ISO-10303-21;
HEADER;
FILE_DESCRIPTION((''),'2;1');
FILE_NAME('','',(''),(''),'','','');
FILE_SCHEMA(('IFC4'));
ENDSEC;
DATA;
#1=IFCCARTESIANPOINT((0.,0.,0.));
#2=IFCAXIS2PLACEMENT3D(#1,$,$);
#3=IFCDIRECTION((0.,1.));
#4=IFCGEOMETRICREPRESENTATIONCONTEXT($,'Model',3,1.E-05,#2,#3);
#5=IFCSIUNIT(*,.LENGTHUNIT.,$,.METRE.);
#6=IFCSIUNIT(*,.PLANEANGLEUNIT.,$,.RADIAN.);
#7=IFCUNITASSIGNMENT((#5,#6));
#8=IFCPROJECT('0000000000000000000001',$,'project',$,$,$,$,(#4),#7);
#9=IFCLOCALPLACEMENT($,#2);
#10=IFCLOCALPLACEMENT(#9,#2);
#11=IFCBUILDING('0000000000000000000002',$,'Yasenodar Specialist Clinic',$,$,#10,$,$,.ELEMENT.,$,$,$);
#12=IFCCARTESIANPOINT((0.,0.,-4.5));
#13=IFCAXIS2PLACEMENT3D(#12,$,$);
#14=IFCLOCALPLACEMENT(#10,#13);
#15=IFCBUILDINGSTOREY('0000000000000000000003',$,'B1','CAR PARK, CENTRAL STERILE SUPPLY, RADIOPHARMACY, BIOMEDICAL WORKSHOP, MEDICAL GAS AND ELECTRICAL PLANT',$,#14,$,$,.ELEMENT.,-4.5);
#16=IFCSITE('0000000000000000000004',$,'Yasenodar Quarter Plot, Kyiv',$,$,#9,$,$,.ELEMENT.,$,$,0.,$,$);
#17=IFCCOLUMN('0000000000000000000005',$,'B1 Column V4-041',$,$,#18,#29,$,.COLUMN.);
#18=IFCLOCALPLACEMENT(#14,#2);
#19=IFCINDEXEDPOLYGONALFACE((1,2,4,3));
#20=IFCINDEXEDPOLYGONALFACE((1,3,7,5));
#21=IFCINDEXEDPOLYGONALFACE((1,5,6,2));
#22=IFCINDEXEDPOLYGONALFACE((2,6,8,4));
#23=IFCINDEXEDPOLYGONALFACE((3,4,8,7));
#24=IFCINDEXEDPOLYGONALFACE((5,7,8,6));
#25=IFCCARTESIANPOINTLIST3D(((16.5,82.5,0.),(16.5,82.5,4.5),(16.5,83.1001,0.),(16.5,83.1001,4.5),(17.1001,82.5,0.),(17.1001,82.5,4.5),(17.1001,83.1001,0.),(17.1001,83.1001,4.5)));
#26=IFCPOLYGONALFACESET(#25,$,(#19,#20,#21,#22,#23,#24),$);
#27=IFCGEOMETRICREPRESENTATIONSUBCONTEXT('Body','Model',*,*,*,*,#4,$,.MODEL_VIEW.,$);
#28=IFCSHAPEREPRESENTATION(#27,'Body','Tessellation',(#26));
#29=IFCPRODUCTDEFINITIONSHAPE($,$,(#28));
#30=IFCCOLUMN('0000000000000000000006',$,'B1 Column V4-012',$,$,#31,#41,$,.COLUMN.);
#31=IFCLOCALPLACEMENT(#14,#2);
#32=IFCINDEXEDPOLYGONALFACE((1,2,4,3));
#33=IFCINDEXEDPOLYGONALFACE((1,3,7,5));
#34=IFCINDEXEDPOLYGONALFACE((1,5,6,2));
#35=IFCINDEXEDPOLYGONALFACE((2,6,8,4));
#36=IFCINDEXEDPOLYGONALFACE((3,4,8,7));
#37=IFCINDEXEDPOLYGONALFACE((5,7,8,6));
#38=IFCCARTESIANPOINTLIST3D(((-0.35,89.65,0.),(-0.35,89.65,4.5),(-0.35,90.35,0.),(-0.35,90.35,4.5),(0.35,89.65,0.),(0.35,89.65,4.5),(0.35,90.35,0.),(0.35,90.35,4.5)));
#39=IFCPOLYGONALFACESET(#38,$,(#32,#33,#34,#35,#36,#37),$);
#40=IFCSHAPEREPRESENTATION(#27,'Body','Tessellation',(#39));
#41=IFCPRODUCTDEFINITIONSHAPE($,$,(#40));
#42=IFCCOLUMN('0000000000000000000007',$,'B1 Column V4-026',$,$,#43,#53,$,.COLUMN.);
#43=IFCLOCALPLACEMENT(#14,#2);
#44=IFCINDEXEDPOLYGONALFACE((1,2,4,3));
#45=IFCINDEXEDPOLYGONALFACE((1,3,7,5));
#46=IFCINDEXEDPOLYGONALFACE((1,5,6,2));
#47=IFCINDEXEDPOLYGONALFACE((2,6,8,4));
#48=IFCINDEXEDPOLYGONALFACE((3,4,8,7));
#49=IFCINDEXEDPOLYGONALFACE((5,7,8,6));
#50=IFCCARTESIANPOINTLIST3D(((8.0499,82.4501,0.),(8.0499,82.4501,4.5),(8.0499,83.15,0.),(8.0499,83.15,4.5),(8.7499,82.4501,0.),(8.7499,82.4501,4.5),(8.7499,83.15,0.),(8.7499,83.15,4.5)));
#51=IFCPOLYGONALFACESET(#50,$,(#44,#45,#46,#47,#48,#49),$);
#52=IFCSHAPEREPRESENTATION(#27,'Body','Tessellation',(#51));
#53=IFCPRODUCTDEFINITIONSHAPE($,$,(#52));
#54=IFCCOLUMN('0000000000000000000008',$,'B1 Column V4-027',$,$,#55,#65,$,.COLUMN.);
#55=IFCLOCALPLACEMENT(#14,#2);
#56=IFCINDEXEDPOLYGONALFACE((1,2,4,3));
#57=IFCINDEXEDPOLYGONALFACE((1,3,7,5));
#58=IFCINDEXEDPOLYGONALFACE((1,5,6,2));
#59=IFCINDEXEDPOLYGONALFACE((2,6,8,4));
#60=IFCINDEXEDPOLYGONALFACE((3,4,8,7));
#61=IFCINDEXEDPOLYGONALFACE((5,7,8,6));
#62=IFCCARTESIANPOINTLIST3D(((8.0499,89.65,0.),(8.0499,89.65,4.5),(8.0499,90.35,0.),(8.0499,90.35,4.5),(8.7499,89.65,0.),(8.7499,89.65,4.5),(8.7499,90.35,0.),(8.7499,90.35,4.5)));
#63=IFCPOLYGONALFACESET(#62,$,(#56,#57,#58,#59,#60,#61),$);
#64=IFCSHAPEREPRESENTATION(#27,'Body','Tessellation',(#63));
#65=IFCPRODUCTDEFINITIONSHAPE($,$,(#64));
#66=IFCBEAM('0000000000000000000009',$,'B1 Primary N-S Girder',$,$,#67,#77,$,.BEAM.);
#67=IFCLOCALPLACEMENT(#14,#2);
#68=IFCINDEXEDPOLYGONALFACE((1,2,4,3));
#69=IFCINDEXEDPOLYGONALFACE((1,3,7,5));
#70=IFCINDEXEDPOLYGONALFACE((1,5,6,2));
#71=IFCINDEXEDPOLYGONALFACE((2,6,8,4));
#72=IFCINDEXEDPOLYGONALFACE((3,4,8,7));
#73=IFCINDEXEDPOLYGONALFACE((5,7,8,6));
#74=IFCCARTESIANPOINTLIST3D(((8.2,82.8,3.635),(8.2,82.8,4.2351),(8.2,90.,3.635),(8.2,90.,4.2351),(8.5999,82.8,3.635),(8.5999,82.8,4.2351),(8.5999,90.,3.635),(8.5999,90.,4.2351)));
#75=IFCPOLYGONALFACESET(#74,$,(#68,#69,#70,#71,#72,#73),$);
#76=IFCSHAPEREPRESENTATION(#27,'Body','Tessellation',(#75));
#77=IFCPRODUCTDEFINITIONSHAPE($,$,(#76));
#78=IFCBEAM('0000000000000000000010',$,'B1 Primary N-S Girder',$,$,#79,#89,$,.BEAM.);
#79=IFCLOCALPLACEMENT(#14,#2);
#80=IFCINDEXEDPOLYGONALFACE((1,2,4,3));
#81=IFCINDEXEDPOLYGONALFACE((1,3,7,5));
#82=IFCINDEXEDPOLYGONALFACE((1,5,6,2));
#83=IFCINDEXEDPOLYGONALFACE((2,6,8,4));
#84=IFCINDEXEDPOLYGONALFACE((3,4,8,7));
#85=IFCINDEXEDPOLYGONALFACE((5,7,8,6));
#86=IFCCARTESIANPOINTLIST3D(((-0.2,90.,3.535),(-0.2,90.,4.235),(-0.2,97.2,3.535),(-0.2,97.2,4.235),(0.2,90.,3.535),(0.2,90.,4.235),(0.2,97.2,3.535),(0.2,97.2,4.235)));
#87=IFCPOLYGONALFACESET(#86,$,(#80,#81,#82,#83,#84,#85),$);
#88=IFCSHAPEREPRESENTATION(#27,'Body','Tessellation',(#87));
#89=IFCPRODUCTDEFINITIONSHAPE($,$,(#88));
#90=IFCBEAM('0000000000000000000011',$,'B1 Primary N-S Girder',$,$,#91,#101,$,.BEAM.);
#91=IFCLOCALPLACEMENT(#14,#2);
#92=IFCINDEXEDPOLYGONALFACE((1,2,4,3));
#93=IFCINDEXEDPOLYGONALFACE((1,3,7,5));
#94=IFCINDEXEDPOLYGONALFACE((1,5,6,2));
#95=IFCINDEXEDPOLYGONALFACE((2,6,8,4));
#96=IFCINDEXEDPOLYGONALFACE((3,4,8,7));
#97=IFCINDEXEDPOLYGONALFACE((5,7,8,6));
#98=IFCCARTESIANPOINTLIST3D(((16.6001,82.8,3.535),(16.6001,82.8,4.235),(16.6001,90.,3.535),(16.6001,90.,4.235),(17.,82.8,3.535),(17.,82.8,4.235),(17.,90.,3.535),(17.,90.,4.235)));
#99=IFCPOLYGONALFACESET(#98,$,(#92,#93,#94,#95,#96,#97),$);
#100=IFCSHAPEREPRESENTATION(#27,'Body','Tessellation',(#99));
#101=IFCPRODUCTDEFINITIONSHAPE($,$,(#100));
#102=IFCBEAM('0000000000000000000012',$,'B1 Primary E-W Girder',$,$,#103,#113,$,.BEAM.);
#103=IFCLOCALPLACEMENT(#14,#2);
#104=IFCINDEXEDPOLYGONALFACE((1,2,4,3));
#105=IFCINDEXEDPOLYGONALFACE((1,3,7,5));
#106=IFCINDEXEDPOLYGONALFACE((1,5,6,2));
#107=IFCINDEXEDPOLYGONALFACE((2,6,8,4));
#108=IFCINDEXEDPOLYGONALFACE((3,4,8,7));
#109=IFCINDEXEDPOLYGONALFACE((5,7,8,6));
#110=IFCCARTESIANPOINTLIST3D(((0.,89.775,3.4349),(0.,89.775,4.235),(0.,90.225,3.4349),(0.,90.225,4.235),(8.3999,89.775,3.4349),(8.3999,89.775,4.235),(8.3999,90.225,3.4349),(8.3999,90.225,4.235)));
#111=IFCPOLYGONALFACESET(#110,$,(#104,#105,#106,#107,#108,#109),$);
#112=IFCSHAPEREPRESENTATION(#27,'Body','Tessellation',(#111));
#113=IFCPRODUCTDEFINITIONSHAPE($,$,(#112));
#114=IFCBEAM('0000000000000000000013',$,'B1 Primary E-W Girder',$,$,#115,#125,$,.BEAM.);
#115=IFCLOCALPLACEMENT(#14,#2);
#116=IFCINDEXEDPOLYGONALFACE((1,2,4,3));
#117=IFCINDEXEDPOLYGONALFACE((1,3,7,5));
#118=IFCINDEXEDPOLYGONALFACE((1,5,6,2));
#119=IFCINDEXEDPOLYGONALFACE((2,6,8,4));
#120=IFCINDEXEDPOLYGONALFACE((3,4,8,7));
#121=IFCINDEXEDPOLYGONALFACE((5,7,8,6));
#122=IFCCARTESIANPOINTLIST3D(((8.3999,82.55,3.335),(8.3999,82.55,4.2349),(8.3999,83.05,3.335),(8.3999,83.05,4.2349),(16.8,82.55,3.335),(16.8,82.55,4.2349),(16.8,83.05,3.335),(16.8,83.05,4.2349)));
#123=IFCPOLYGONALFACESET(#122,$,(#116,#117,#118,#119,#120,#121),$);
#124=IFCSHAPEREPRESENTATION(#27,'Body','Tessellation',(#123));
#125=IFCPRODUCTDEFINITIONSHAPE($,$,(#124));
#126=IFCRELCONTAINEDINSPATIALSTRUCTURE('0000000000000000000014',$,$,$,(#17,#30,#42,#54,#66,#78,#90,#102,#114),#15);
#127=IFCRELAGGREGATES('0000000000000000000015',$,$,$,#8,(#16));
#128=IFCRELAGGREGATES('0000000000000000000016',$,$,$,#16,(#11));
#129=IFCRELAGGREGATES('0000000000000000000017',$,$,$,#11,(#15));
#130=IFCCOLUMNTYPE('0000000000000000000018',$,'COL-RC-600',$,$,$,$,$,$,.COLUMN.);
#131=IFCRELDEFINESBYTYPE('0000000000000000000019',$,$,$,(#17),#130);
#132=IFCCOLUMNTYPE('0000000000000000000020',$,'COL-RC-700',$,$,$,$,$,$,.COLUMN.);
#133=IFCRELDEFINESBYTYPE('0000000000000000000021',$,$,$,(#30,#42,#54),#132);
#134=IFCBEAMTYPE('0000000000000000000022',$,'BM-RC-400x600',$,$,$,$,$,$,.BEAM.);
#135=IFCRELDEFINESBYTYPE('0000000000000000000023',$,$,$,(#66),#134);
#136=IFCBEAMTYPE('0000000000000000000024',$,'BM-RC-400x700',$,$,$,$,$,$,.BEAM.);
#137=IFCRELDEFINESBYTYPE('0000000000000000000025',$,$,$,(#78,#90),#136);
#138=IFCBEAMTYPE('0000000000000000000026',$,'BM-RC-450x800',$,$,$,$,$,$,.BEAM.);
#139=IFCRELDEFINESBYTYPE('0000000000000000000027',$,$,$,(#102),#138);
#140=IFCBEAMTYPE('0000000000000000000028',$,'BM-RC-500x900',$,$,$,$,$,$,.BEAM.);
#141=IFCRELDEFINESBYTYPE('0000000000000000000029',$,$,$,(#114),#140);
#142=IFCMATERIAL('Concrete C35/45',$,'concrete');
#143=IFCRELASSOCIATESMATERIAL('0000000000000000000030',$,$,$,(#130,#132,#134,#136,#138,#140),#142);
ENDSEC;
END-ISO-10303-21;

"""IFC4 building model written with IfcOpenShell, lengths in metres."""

from ifc_helpers import new_model, si_unit, direction, frame, origin, origin_2d, place, context, subcontext, project, spatial, rectangle, extrude, material, material_profile, profile_set, type_object, element, save


model = new_model("IFC4")

# Units and contexts
model_context = context("Model", 3, precision=1e-05, world=origin(), true_north=direction((0.0, 1.0)))
body_context = subcontext(model_context, "Body", "Model", "MODEL_VIEW")
ifc_project = project(units=[si_unit("LENGTHUNIT", "METRE"), si_unit("PLANEANGLEUNIT", "RADIAN")], contexts=[model_context])

# Site, building, storey
site_placement = place(None, origin())
site = spatial("IfcSite", under=ifc_project, at=site_placement, Name="Yasenodar Quarter Plot, Kyiv", CompositionType="ELEMENT", RefElevation=0.0)
building_placement = place(site_placement, origin())
building = spatial("IfcBuilding", under=site, at=building_placement, Name="Yasenodar Specialist Clinic", CompositionType="ELEMENT")
storey_placement = place(building_placement, frame((0.0, 0.0, -4.5)))
storey = spatial("IfcBuildingStorey", under=building, at=storey_placement, Name="B1", Description="CAR PARK, CENTRAL STERILE SUPPLY, RADIOPHARMACY, BIOMEDICAL WORKSHOP, MEDICAL GAS AND ELECTRICAL PLANT", CompositionType="ELEMENT", Elevation=-4.5)

# Shared definitions
ifc_material_1 = material(Name="Concrete C35/45", Category="concrete")

# Columns
ifc_material_profile_1 = material_profile(ifc_material_1, rectangle(XDim=0.6001, YDim=0.6001, at=origin_2d()), Name="RC 600x600")
ifc_profile_set_1 = profile_set([ifc_material_profile_1], Name="Concrete C35/45")
column_type_1 = type_object("IfcColumnType", Name="COL-RC-600", PredefinedType="COLUMN", material=ifc_profile_set_1)
column_placement = place(storey_placement, frame((16.8, 82.8, 0.0), z_axis=(0.0, 0.0, 1.0), x_axis=(1.0, 0.0, 0.0)))
element("IfcColumn", 1, at=column_placement, inside=storey, type_object=column_type_1, Name="B1 Column V4-041", PredefinedType="COLUMN", context=body_context, shape_type="SweptSolid", body=[
    extrude(rectangle(XDim=0.6001, YDim=0.6001, at=origin_2d()), origin(), (0.0, 0.0, 1.0), 4.5),
])
ifc_material_profile_2 = material_profile(ifc_material_1, rectangle(XDim=0.7, YDim=0.7, at=origin_2d()), Name="RC 700x700")
ifc_profile_set_2 = profile_set([ifc_material_profile_2], Name="Concrete C35/45")
column_type_2 = type_object("IfcColumnType", Name="COL-RC-700", PredefinedType="COLUMN", material=ifc_profile_set_2)
for number, where, z_axis, x_axis, name in (
    (2, (0.0, 90.0, 0.0), (0.0, 0.0, 1.0), (1.0, 0.0, 0.0), "B1 Column V4-012"),
    (3, (8.3999, 82.8, 0.0), (0.0, 0.0, 1.0), (1.0, 0.0, 0.0), "B1 Column V4-026"),
    (4, (8.3999, 90.0, 0.0), (0.0, 0.0, 1.0), (1.0, 0.0, 0.0), "B1 Column V4-027"),
):
    element("IfcColumn", number, at=place(storey_placement, frame(where, z_axis=z_axis, x_axis=x_axis)), inside=storey, type_object=column_type_2, Name=name, PredefinedType="COLUMN", context=body_context, shape_type="SweptSolid", body=[
        extrude(rectangle(XDim=0.7, YDim=0.7, at=origin_2d()), origin(), (0.0, 0.0, 1.0), 4.5),
    ])

# Beams
ifc_material_profile_3 = material_profile(ifc_material_1, rectangle(XDim=0.3999, YDim=0.6001, at=origin_2d()), Name="RC 400x600")
ifc_profile_set_3 = profile_set([ifc_material_profile_3], Name="Concrete C35/45")
beam_type_1 = type_object("IfcBeamType", Name="BM-RC-400x600", PredefinedType="BEAM", material=ifc_profile_set_3)
beam_1_placement = place(storey_placement, frame((8.3999, 82.8, 3.9351), z_axis=(0.0, 1.0, 0.0), x_axis=(-1.0, 0.0, 0.0)))
element("IfcBeam", 5, at=beam_1_placement, inside=storey, type_object=beam_type_1, Name="B1 Primary N-S Girder", PredefinedType="BEAM", context=body_context, shape_type="SweptSolid", body=[
    extrude(rectangle(XDim=0.3999, YDim=0.6001, at=origin_2d()), origin(), (0.0, 0.0, 1.0), 7.2),
])
ifc_material_profile_4 = material_profile(ifc_material_1, rectangle(XDim=0.3999, YDim=0.7, at=origin_2d()), Name="RC 400x700")
ifc_profile_set_4 = profile_set([ifc_material_profile_4], Name="Concrete C35/45")
beam_type_2 = type_object("IfcBeamType", Name="BM-RC-400x700", PredefinedType="BEAM", material=ifc_profile_set_4)
for number, where, z_axis, x_axis, name in (
    (6, (0.0, 90.0, 3.885), (0.0, 1.0, 0.0), (-1.0, 0.0, 0.0), "B1 Primary N-S Girder"),
    (7, (16.8, 82.8, 3.885), (0.0, 1.0, 0.0), (-1.0, 0.0, 0.0), "B1 Primary N-S Girder"),
):
    element("IfcBeam", number, at=place(storey_placement, frame(where, z_axis=z_axis, x_axis=x_axis)), inside=storey, type_object=beam_type_2, Name=name, PredefinedType="BEAM", context=body_context, shape_type="SweptSolid", body=[
        extrude(rectangle(XDim=0.3999, YDim=0.7, at=origin_2d()), origin(), (0.0, 0.0, 1.0), 7.2),
    ])
ifc_material_profile_5 = material_profile(ifc_material_1, rectangle(XDim=0.45, YDim=0.8, at=origin_2d()), Name="RC 450x800")
ifc_profile_set_5 = profile_set([ifc_material_profile_5], Name="Concrete C35/45")
beam_type_3 = type_object("IfcBeamType", Name="BM-RC-450x800", PredefinedType="BEAM", material=ifc_profile_set_5)
beam_2_placement = place(storey_placement, frame((0.0, 90.0, 3.835), z_axis=(1.0, 0.0, 0.0), x_axis=(0.0, 1.0, 0.0)))
element("IfcBeam", 8, at=beam_2_placement, inside=storey, type_object=beam_type_3, Name="B1 Primary E-W Girder", PredefinedType="BEAM", context=body_context, shape_type="SweptSolid", body=[
    extrude(rectangle(XDim=0.45, YDim=0.8, at=origin_2d()), origin(), (0.0, 0.0, 1.0), 8.3999),
])
ifc_material_profile_6 = material_profile(ifc_material_1, rectangle(XDim=0.5, YDim=0.8999, at=origin_2d()), Name="RC 500x900")
ifc_profile_set_6 = profile_set([ifc_material_profile_6], Name="Concrete C35/45")
beam_type_4 = type_object("IfcBeamType", Name="BM-RC-500x900", PredefinedType="BEAM", material=ifc_profile_set_6)
beam_3_placement = place(storey_placement, frame((8.3999, 82.8, 3.7849), z_axis=(1.0, 0.0, 0.0), x_axis=(0.0, 1.0, 0.0)))
element("IfcBeam", 9, at=beam_3_placement, inside=storey, type_object=beam_type_4, Name="B1 Primary E-W Girder", PredefinedType="BEAM", context=body_context, shape_type="SweptSolid", body=[
    extrude(rectangle(XDim=0.5, YDim=0.8999, at=origin_2d()), origin(), (0.0, 0.0, 1.0), 8.4001),
])

save(model, "model.ifc")
